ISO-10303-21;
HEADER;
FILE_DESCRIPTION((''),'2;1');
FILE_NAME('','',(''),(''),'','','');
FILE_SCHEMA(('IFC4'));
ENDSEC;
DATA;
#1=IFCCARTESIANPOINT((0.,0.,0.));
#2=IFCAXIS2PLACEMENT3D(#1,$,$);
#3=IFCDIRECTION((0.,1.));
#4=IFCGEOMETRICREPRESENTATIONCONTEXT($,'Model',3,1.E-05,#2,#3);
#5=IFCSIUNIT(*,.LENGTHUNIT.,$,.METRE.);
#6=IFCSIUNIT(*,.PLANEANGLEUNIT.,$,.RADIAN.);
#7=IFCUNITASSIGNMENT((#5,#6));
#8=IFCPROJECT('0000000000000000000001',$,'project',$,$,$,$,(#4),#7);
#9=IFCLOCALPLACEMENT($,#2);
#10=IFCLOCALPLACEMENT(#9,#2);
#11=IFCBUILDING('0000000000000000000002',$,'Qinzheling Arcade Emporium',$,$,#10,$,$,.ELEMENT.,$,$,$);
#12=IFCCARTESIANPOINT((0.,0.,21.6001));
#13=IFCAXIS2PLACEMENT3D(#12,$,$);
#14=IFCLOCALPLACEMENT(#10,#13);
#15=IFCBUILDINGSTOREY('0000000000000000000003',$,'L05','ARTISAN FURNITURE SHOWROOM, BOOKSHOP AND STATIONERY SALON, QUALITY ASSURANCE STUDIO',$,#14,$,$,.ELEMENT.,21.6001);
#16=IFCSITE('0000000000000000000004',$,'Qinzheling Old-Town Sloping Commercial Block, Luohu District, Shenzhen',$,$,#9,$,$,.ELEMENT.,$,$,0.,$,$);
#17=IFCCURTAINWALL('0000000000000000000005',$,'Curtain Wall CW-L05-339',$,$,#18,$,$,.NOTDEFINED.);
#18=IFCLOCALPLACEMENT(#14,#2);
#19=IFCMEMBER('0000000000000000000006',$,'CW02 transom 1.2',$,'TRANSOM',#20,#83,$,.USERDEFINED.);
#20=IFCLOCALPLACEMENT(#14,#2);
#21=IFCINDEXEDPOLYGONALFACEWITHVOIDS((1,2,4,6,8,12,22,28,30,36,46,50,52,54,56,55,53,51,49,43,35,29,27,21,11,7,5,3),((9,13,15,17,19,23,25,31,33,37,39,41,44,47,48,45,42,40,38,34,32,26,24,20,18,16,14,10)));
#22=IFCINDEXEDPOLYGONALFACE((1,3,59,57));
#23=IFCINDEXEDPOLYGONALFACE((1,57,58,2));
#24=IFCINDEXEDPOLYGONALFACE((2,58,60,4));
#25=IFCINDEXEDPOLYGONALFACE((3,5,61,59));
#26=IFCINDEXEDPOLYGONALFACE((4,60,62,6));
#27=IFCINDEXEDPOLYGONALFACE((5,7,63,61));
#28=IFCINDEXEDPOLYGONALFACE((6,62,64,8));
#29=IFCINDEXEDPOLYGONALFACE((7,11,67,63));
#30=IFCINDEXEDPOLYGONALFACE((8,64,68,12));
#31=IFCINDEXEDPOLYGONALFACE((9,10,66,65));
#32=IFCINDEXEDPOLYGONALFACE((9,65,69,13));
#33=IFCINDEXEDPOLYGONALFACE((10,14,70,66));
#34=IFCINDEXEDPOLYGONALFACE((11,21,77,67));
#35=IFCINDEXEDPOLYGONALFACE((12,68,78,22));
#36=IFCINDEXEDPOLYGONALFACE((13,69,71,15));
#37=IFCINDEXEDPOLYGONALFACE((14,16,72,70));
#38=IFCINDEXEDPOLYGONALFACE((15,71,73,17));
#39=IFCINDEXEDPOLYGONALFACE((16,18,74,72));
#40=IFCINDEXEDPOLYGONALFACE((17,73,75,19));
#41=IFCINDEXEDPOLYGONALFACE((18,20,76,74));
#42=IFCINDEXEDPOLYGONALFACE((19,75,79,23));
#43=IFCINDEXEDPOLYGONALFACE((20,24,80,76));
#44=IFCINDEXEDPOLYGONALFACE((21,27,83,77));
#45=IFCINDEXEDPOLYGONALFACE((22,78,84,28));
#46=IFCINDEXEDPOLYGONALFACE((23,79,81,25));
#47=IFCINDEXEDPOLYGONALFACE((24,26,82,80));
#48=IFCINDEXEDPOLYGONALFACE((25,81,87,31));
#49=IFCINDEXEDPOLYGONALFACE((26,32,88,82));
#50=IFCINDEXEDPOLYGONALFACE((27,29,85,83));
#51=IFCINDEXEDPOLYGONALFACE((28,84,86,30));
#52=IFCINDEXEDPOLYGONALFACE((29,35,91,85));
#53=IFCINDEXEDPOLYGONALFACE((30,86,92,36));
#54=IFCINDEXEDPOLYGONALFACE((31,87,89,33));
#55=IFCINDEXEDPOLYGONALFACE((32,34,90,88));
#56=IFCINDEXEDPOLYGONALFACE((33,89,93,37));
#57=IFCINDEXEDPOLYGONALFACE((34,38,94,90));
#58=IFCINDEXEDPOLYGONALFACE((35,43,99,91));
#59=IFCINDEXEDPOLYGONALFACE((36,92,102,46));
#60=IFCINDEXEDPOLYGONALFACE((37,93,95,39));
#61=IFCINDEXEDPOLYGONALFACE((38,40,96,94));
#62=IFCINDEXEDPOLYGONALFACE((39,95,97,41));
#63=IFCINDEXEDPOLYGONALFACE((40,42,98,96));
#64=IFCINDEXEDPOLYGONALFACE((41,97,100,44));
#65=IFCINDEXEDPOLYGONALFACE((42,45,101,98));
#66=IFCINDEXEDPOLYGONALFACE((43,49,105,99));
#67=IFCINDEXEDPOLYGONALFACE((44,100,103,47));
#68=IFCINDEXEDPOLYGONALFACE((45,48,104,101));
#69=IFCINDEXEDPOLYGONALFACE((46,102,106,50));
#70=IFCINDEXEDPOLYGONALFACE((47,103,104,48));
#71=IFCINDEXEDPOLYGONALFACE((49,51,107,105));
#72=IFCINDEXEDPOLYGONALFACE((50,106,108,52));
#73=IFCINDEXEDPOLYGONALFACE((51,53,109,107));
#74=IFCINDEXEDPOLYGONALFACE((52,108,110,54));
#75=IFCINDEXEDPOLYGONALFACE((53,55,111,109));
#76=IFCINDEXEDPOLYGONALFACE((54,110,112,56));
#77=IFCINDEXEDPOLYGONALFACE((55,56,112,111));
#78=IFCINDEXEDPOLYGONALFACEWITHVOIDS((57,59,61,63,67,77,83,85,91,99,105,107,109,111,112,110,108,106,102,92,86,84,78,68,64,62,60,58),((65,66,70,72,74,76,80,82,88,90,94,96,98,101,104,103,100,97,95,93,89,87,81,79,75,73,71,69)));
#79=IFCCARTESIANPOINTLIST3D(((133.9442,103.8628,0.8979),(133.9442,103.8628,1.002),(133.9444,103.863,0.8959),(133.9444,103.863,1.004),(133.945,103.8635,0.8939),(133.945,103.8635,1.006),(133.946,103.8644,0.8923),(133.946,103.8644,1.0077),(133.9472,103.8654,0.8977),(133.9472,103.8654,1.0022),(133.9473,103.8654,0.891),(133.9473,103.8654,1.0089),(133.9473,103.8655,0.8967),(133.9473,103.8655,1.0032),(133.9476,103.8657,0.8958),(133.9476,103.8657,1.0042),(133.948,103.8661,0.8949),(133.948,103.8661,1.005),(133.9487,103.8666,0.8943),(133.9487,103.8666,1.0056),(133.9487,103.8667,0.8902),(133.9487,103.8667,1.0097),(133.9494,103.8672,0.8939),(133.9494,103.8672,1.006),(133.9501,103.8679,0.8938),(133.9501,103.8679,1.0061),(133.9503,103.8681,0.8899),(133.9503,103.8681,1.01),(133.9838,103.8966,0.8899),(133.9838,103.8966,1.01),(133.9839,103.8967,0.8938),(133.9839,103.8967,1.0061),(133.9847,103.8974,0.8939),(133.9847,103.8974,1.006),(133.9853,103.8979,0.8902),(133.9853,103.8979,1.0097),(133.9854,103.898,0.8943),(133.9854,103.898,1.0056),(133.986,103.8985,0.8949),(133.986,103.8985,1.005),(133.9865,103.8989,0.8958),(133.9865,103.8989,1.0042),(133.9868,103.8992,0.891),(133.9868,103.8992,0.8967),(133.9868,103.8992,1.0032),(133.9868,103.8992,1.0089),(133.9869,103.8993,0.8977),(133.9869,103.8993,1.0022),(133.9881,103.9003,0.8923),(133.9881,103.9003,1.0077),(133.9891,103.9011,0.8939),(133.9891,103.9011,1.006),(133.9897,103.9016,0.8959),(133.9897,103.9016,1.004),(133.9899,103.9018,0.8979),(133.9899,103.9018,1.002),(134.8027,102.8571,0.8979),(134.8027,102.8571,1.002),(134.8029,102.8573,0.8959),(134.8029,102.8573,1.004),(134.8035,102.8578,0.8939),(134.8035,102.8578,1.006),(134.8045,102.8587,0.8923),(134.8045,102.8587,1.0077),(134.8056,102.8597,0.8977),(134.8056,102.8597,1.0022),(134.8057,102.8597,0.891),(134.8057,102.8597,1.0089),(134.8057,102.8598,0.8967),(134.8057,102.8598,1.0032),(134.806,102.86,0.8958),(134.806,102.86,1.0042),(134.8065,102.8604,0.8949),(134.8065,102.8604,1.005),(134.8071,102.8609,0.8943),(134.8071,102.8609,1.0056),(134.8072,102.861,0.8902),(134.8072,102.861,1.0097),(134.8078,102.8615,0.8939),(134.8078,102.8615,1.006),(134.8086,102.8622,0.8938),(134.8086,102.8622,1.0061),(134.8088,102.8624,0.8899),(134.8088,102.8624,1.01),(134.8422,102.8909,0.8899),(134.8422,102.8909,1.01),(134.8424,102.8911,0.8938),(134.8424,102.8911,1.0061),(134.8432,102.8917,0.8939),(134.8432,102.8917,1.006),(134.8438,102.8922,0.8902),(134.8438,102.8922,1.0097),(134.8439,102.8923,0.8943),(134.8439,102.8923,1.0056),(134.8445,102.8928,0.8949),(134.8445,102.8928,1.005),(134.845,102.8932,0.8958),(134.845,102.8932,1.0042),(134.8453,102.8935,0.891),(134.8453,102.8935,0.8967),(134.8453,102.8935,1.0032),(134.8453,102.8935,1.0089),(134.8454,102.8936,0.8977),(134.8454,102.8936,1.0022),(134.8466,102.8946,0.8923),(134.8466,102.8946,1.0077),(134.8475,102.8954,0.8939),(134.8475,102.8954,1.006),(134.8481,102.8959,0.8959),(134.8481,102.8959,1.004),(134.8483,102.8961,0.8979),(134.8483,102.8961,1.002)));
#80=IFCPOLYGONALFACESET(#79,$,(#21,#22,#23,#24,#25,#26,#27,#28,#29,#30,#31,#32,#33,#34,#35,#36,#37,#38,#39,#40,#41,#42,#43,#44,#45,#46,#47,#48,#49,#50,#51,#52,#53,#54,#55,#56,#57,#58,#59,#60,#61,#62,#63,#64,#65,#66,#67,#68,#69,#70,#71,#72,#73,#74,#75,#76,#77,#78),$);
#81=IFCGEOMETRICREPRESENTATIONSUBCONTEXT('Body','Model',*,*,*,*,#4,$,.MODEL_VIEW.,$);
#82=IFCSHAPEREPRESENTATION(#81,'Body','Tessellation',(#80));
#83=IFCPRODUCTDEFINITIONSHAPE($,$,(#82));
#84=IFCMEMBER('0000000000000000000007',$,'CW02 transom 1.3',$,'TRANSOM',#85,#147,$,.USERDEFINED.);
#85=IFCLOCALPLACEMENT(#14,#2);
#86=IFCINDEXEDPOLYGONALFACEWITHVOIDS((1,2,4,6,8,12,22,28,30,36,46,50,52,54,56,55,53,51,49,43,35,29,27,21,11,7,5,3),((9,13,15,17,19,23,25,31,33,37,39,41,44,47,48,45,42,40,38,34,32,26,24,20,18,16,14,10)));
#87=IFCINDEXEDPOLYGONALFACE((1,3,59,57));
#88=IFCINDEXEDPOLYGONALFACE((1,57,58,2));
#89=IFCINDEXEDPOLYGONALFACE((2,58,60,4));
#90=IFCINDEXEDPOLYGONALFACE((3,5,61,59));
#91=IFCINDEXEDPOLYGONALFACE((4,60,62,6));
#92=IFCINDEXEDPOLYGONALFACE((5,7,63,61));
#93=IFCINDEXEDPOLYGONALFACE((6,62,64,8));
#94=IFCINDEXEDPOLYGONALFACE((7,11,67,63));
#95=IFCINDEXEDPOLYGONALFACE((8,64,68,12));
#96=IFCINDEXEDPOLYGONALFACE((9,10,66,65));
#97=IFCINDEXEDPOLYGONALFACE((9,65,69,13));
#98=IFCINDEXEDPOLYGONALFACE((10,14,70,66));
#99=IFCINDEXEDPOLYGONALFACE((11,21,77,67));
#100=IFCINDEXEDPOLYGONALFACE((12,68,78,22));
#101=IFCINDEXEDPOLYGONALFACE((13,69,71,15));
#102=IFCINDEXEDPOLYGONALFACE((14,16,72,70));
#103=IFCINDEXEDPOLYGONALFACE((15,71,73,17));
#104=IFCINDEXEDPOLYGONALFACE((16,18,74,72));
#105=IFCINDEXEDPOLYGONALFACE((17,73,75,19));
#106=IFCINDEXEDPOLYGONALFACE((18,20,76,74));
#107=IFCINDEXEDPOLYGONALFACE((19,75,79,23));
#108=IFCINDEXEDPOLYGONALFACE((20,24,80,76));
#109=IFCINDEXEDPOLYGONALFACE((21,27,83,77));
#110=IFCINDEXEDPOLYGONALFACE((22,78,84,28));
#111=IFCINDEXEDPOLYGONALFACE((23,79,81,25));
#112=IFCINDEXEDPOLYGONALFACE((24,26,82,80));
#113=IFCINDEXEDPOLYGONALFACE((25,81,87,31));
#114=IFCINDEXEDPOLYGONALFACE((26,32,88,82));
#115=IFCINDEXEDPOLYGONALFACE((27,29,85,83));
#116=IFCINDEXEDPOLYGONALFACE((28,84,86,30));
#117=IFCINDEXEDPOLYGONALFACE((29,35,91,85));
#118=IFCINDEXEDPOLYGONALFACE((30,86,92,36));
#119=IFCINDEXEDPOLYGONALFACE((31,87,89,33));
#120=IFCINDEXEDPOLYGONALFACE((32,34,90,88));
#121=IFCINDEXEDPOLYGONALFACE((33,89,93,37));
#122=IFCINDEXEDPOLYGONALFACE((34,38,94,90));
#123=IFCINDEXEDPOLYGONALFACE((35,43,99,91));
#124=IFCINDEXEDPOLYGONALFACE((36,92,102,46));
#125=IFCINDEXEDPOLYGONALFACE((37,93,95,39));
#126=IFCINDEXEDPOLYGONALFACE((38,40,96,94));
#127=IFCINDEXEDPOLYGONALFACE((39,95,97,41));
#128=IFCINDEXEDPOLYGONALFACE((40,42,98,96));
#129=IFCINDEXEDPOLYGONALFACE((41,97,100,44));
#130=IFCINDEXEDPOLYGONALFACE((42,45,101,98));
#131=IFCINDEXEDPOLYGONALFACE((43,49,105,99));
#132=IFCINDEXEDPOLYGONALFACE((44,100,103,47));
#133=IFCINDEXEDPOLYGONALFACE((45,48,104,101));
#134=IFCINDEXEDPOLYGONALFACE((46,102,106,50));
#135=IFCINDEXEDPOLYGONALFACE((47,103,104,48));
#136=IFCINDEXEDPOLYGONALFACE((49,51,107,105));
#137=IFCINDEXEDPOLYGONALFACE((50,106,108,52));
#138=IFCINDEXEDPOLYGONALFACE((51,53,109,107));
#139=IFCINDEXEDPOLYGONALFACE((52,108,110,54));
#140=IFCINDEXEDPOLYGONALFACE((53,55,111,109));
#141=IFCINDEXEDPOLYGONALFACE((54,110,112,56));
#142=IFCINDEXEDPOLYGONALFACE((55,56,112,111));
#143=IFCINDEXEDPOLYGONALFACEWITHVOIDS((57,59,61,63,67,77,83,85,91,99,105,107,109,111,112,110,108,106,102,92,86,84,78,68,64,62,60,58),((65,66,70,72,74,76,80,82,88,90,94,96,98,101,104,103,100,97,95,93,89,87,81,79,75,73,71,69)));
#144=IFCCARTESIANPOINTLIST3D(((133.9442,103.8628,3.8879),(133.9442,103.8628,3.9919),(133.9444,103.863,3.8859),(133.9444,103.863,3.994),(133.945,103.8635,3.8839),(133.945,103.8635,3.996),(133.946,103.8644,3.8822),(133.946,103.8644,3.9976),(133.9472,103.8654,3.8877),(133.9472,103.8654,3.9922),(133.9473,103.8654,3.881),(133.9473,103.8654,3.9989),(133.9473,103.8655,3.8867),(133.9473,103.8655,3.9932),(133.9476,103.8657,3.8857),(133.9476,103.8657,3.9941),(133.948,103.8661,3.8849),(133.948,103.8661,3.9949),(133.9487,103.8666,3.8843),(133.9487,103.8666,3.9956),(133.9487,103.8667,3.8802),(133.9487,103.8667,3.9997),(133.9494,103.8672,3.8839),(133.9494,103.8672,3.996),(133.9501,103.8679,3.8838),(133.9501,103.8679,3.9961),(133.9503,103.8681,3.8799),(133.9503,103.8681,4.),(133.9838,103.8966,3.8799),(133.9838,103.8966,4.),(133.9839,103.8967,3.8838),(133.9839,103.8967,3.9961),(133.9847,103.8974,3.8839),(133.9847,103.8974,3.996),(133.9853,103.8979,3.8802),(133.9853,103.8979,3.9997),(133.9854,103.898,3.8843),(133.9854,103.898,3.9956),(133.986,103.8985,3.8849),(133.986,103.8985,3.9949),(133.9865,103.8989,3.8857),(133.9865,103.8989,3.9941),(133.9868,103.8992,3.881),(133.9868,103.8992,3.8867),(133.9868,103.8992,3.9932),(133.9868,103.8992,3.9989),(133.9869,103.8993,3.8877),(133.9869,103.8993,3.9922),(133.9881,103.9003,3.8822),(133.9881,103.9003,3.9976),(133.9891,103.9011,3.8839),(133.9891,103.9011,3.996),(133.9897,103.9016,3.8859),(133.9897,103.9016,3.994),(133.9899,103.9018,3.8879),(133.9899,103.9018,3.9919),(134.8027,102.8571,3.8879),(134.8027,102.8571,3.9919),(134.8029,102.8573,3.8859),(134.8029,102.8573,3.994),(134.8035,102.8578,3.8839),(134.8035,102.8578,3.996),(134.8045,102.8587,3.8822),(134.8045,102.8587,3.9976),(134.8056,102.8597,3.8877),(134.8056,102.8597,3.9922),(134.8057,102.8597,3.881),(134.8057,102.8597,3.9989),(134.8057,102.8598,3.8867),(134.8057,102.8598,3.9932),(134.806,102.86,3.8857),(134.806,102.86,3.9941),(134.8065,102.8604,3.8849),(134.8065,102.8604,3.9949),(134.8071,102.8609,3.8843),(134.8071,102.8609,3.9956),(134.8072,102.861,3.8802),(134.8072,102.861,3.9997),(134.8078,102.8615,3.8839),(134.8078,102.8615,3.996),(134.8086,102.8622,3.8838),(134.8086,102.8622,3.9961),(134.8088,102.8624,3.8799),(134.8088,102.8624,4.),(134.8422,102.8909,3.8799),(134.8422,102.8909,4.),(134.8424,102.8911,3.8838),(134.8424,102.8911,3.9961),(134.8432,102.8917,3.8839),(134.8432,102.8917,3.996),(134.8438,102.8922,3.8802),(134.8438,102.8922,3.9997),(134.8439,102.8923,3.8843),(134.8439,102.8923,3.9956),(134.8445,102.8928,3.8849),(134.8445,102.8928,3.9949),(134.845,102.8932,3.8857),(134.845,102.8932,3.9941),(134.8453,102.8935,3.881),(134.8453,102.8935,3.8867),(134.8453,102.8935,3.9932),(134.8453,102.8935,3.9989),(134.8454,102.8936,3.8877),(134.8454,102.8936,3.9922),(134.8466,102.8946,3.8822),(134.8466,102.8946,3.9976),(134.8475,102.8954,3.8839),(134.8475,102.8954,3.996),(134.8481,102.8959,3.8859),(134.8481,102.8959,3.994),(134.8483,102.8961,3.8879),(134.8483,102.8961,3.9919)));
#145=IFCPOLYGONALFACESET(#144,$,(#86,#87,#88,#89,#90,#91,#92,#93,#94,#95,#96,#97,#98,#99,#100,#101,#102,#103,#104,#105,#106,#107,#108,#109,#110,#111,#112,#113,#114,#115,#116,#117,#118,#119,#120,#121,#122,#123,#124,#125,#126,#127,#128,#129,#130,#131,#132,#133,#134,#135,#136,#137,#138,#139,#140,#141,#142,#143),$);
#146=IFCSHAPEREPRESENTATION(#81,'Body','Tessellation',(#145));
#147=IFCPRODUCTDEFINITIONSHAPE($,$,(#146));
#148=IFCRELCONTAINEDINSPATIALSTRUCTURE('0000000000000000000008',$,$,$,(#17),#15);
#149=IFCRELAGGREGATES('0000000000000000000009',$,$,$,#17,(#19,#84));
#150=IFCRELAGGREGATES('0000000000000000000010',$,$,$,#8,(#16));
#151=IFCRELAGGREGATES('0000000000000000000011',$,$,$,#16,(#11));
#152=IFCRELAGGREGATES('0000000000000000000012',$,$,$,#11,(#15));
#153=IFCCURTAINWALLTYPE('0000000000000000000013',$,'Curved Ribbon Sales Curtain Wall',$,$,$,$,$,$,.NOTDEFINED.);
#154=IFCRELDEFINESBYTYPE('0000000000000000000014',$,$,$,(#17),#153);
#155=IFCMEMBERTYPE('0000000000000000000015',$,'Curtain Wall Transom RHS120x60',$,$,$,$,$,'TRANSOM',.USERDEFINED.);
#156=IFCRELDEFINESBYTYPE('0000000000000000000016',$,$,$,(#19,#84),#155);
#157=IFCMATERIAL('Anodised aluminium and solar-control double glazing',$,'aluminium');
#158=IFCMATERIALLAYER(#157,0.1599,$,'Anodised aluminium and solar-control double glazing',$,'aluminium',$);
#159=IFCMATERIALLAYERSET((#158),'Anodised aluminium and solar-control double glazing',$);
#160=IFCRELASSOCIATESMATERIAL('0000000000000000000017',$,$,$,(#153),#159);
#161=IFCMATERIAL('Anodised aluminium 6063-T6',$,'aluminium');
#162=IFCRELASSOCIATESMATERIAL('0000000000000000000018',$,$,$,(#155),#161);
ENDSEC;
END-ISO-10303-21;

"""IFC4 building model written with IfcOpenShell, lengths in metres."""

from ifc_helpers import new_model, si_unit, direction, frame, origin, origin_2d, place, context, subcontext, project, spatial, hollow_rectangle, extrude, material, layer, layer_set, material_profile, profile_set, type_object, element, aggregate, save


model = new_model("IFC4")

# Units and contexts
model_context = context("Model", 3, precision=1e-05, world=origin(), true_north=direction((0.0, 1.0)))
body_context = subcontext(model_context, "Body", "Model", "MODEL_VIEW")
ifc_project = project(units=[si_unit("LENGTHUNIT", "METRE"), si_unit("PLANEANGLEUNIT", "RADIAN")], contexts=[model_context])

# Site, building, storey
site_placement = place(None, origin())
site = spatial("IfcSite", under=ifc_project, at=site_placement, Name="Qinzheling Old-Town Sloping Commercial Block, Luohu District, Shenzhen", CompositionType="ELEMENT", RefElevation=0.0)
building_placement = place(site_placement, origin())
building = spatial("IfcBuilding", under=site, at=building_placement, Name="Qinzheling Arcade Emporium", CompositionType="ELEMENT")
storey_placement = place(building_placement, frame((0.0, 0.0, 21.6001)))
storey = spatial("IfcBuildingStorey", under=building, at=storey_placement, Name="L05", Description="ARTISAN FURNITURE SHOWROOM, BOOKSHOP AND STATIONERY SALON, QUALITY ASSURANCE STUDIO", CompositionType="ELEMENT", Elevation=21.6001)

# Shared definitions
ifc_material_1 = material(Name="Anodised aluminium and solar-control double glazing", Category="aluminium")
ifc_layer_1 = layer(ifc_material_1, 0.1599, Name="Anodised aluminium and solar-control double glazing", Category="aluminium")
ifc_layer_set_1 = layer_set([ifc_layer_1], Name="Anodised aluminium and solar-control double glazing")
curtain_wall_type = type_object("IfcCurtainWallType", Name="Curved Ribbon Sales Curtain Wall", PredefinedType="NOTDEFINED", material=ifc_layer_set_1)
ifc_material_2 = material(Name="Anodised aluminium 6063-T6", Category="aluminium")

# Curtain wall
curtain_wall_1_placement = place(storey_placement, origin())
curtain_wall_1 = element("IfcCurtainWall", 1, at=curtain_wall_1_placement, inside=storey, type_object=curtain_wall_type, Name="Curtain Wall CW-L05-339", PredefinedType="NOTDEFINED")

# Members
ifc_material_profile_1 = material_profile(ifc_material_2, hollow_rectangle(XDim=0.0601, YDim=0.1201, WallThickness=0.0039, InnerFilletRadius=0.0039, OuterFilletRadius=0.0081, at=origin_2d()), Name="RHS 120x60x4", Category="aluminium")
ifc_profile_set_1 = profile_set([ifc_material_profile_1], Name="Anodised aluminium 6063-T6")
member_type_1 = type_object("IfcMemberType", Name="Curtain Wall Transom RHS120x60", ElementType="TRANSOM", PredefinedType="USERDEFINED", material=ifc_profile_set_1)
member_1_placement = place(storey_placement, frame((133.967, 103.8823, 0.95), z_axis=(0.649239, -0.760585, 0.0), x_axis=(0.760585, 0.649239, 0.0)))
member_1 = element("IfcMember", 2, at=member_1_placement, type_object=member_type_1, Name="CW02 transom 1.2", ObjectType="TRANSOM", PredefinedType="USERDEFINED", context=body_context, shape_type="SweptSolid", body=[
    extrude(hollow_rectangle(XDim=0.0601, YDim=0.1201, WallThickness=0.0039, InnerFilletRadius=0.0039, OuterFilletRadius=0.0081, at=origin_2d()), origin(), (0.0, 0.0, 1.0), 1.3223),
])
member_2_placement = place(storey_placement, frame((133.967, 103.8823, 3.9399), z_axis=(0.649239, -0.760585, 0.0), x_axis=(0.760585, 0.649239, 0.0)))
member_2 = element("IfcMember", 3, at=member_2_placement, type_object=member_type_1, Name="CW02 transom 1.3", ObjectType="TRANSOM", PredefinedType="USERDEFINED", context=body_context, shape_type="SweptSolid", body=[
    extrude(hollow_rectangle(XDim=0.0601, YDim=0.1201, WallThickness=0.0039, InnerFilletRadius=0.0039, OuterFilletRadius=0.0081, at=origin_2d()), origin(), (0.0, 0.0, 1.0), 1.3223),
])

aggregate(curtain_wall_1, [member_1, member_2])

save(model, "model.ifc")
